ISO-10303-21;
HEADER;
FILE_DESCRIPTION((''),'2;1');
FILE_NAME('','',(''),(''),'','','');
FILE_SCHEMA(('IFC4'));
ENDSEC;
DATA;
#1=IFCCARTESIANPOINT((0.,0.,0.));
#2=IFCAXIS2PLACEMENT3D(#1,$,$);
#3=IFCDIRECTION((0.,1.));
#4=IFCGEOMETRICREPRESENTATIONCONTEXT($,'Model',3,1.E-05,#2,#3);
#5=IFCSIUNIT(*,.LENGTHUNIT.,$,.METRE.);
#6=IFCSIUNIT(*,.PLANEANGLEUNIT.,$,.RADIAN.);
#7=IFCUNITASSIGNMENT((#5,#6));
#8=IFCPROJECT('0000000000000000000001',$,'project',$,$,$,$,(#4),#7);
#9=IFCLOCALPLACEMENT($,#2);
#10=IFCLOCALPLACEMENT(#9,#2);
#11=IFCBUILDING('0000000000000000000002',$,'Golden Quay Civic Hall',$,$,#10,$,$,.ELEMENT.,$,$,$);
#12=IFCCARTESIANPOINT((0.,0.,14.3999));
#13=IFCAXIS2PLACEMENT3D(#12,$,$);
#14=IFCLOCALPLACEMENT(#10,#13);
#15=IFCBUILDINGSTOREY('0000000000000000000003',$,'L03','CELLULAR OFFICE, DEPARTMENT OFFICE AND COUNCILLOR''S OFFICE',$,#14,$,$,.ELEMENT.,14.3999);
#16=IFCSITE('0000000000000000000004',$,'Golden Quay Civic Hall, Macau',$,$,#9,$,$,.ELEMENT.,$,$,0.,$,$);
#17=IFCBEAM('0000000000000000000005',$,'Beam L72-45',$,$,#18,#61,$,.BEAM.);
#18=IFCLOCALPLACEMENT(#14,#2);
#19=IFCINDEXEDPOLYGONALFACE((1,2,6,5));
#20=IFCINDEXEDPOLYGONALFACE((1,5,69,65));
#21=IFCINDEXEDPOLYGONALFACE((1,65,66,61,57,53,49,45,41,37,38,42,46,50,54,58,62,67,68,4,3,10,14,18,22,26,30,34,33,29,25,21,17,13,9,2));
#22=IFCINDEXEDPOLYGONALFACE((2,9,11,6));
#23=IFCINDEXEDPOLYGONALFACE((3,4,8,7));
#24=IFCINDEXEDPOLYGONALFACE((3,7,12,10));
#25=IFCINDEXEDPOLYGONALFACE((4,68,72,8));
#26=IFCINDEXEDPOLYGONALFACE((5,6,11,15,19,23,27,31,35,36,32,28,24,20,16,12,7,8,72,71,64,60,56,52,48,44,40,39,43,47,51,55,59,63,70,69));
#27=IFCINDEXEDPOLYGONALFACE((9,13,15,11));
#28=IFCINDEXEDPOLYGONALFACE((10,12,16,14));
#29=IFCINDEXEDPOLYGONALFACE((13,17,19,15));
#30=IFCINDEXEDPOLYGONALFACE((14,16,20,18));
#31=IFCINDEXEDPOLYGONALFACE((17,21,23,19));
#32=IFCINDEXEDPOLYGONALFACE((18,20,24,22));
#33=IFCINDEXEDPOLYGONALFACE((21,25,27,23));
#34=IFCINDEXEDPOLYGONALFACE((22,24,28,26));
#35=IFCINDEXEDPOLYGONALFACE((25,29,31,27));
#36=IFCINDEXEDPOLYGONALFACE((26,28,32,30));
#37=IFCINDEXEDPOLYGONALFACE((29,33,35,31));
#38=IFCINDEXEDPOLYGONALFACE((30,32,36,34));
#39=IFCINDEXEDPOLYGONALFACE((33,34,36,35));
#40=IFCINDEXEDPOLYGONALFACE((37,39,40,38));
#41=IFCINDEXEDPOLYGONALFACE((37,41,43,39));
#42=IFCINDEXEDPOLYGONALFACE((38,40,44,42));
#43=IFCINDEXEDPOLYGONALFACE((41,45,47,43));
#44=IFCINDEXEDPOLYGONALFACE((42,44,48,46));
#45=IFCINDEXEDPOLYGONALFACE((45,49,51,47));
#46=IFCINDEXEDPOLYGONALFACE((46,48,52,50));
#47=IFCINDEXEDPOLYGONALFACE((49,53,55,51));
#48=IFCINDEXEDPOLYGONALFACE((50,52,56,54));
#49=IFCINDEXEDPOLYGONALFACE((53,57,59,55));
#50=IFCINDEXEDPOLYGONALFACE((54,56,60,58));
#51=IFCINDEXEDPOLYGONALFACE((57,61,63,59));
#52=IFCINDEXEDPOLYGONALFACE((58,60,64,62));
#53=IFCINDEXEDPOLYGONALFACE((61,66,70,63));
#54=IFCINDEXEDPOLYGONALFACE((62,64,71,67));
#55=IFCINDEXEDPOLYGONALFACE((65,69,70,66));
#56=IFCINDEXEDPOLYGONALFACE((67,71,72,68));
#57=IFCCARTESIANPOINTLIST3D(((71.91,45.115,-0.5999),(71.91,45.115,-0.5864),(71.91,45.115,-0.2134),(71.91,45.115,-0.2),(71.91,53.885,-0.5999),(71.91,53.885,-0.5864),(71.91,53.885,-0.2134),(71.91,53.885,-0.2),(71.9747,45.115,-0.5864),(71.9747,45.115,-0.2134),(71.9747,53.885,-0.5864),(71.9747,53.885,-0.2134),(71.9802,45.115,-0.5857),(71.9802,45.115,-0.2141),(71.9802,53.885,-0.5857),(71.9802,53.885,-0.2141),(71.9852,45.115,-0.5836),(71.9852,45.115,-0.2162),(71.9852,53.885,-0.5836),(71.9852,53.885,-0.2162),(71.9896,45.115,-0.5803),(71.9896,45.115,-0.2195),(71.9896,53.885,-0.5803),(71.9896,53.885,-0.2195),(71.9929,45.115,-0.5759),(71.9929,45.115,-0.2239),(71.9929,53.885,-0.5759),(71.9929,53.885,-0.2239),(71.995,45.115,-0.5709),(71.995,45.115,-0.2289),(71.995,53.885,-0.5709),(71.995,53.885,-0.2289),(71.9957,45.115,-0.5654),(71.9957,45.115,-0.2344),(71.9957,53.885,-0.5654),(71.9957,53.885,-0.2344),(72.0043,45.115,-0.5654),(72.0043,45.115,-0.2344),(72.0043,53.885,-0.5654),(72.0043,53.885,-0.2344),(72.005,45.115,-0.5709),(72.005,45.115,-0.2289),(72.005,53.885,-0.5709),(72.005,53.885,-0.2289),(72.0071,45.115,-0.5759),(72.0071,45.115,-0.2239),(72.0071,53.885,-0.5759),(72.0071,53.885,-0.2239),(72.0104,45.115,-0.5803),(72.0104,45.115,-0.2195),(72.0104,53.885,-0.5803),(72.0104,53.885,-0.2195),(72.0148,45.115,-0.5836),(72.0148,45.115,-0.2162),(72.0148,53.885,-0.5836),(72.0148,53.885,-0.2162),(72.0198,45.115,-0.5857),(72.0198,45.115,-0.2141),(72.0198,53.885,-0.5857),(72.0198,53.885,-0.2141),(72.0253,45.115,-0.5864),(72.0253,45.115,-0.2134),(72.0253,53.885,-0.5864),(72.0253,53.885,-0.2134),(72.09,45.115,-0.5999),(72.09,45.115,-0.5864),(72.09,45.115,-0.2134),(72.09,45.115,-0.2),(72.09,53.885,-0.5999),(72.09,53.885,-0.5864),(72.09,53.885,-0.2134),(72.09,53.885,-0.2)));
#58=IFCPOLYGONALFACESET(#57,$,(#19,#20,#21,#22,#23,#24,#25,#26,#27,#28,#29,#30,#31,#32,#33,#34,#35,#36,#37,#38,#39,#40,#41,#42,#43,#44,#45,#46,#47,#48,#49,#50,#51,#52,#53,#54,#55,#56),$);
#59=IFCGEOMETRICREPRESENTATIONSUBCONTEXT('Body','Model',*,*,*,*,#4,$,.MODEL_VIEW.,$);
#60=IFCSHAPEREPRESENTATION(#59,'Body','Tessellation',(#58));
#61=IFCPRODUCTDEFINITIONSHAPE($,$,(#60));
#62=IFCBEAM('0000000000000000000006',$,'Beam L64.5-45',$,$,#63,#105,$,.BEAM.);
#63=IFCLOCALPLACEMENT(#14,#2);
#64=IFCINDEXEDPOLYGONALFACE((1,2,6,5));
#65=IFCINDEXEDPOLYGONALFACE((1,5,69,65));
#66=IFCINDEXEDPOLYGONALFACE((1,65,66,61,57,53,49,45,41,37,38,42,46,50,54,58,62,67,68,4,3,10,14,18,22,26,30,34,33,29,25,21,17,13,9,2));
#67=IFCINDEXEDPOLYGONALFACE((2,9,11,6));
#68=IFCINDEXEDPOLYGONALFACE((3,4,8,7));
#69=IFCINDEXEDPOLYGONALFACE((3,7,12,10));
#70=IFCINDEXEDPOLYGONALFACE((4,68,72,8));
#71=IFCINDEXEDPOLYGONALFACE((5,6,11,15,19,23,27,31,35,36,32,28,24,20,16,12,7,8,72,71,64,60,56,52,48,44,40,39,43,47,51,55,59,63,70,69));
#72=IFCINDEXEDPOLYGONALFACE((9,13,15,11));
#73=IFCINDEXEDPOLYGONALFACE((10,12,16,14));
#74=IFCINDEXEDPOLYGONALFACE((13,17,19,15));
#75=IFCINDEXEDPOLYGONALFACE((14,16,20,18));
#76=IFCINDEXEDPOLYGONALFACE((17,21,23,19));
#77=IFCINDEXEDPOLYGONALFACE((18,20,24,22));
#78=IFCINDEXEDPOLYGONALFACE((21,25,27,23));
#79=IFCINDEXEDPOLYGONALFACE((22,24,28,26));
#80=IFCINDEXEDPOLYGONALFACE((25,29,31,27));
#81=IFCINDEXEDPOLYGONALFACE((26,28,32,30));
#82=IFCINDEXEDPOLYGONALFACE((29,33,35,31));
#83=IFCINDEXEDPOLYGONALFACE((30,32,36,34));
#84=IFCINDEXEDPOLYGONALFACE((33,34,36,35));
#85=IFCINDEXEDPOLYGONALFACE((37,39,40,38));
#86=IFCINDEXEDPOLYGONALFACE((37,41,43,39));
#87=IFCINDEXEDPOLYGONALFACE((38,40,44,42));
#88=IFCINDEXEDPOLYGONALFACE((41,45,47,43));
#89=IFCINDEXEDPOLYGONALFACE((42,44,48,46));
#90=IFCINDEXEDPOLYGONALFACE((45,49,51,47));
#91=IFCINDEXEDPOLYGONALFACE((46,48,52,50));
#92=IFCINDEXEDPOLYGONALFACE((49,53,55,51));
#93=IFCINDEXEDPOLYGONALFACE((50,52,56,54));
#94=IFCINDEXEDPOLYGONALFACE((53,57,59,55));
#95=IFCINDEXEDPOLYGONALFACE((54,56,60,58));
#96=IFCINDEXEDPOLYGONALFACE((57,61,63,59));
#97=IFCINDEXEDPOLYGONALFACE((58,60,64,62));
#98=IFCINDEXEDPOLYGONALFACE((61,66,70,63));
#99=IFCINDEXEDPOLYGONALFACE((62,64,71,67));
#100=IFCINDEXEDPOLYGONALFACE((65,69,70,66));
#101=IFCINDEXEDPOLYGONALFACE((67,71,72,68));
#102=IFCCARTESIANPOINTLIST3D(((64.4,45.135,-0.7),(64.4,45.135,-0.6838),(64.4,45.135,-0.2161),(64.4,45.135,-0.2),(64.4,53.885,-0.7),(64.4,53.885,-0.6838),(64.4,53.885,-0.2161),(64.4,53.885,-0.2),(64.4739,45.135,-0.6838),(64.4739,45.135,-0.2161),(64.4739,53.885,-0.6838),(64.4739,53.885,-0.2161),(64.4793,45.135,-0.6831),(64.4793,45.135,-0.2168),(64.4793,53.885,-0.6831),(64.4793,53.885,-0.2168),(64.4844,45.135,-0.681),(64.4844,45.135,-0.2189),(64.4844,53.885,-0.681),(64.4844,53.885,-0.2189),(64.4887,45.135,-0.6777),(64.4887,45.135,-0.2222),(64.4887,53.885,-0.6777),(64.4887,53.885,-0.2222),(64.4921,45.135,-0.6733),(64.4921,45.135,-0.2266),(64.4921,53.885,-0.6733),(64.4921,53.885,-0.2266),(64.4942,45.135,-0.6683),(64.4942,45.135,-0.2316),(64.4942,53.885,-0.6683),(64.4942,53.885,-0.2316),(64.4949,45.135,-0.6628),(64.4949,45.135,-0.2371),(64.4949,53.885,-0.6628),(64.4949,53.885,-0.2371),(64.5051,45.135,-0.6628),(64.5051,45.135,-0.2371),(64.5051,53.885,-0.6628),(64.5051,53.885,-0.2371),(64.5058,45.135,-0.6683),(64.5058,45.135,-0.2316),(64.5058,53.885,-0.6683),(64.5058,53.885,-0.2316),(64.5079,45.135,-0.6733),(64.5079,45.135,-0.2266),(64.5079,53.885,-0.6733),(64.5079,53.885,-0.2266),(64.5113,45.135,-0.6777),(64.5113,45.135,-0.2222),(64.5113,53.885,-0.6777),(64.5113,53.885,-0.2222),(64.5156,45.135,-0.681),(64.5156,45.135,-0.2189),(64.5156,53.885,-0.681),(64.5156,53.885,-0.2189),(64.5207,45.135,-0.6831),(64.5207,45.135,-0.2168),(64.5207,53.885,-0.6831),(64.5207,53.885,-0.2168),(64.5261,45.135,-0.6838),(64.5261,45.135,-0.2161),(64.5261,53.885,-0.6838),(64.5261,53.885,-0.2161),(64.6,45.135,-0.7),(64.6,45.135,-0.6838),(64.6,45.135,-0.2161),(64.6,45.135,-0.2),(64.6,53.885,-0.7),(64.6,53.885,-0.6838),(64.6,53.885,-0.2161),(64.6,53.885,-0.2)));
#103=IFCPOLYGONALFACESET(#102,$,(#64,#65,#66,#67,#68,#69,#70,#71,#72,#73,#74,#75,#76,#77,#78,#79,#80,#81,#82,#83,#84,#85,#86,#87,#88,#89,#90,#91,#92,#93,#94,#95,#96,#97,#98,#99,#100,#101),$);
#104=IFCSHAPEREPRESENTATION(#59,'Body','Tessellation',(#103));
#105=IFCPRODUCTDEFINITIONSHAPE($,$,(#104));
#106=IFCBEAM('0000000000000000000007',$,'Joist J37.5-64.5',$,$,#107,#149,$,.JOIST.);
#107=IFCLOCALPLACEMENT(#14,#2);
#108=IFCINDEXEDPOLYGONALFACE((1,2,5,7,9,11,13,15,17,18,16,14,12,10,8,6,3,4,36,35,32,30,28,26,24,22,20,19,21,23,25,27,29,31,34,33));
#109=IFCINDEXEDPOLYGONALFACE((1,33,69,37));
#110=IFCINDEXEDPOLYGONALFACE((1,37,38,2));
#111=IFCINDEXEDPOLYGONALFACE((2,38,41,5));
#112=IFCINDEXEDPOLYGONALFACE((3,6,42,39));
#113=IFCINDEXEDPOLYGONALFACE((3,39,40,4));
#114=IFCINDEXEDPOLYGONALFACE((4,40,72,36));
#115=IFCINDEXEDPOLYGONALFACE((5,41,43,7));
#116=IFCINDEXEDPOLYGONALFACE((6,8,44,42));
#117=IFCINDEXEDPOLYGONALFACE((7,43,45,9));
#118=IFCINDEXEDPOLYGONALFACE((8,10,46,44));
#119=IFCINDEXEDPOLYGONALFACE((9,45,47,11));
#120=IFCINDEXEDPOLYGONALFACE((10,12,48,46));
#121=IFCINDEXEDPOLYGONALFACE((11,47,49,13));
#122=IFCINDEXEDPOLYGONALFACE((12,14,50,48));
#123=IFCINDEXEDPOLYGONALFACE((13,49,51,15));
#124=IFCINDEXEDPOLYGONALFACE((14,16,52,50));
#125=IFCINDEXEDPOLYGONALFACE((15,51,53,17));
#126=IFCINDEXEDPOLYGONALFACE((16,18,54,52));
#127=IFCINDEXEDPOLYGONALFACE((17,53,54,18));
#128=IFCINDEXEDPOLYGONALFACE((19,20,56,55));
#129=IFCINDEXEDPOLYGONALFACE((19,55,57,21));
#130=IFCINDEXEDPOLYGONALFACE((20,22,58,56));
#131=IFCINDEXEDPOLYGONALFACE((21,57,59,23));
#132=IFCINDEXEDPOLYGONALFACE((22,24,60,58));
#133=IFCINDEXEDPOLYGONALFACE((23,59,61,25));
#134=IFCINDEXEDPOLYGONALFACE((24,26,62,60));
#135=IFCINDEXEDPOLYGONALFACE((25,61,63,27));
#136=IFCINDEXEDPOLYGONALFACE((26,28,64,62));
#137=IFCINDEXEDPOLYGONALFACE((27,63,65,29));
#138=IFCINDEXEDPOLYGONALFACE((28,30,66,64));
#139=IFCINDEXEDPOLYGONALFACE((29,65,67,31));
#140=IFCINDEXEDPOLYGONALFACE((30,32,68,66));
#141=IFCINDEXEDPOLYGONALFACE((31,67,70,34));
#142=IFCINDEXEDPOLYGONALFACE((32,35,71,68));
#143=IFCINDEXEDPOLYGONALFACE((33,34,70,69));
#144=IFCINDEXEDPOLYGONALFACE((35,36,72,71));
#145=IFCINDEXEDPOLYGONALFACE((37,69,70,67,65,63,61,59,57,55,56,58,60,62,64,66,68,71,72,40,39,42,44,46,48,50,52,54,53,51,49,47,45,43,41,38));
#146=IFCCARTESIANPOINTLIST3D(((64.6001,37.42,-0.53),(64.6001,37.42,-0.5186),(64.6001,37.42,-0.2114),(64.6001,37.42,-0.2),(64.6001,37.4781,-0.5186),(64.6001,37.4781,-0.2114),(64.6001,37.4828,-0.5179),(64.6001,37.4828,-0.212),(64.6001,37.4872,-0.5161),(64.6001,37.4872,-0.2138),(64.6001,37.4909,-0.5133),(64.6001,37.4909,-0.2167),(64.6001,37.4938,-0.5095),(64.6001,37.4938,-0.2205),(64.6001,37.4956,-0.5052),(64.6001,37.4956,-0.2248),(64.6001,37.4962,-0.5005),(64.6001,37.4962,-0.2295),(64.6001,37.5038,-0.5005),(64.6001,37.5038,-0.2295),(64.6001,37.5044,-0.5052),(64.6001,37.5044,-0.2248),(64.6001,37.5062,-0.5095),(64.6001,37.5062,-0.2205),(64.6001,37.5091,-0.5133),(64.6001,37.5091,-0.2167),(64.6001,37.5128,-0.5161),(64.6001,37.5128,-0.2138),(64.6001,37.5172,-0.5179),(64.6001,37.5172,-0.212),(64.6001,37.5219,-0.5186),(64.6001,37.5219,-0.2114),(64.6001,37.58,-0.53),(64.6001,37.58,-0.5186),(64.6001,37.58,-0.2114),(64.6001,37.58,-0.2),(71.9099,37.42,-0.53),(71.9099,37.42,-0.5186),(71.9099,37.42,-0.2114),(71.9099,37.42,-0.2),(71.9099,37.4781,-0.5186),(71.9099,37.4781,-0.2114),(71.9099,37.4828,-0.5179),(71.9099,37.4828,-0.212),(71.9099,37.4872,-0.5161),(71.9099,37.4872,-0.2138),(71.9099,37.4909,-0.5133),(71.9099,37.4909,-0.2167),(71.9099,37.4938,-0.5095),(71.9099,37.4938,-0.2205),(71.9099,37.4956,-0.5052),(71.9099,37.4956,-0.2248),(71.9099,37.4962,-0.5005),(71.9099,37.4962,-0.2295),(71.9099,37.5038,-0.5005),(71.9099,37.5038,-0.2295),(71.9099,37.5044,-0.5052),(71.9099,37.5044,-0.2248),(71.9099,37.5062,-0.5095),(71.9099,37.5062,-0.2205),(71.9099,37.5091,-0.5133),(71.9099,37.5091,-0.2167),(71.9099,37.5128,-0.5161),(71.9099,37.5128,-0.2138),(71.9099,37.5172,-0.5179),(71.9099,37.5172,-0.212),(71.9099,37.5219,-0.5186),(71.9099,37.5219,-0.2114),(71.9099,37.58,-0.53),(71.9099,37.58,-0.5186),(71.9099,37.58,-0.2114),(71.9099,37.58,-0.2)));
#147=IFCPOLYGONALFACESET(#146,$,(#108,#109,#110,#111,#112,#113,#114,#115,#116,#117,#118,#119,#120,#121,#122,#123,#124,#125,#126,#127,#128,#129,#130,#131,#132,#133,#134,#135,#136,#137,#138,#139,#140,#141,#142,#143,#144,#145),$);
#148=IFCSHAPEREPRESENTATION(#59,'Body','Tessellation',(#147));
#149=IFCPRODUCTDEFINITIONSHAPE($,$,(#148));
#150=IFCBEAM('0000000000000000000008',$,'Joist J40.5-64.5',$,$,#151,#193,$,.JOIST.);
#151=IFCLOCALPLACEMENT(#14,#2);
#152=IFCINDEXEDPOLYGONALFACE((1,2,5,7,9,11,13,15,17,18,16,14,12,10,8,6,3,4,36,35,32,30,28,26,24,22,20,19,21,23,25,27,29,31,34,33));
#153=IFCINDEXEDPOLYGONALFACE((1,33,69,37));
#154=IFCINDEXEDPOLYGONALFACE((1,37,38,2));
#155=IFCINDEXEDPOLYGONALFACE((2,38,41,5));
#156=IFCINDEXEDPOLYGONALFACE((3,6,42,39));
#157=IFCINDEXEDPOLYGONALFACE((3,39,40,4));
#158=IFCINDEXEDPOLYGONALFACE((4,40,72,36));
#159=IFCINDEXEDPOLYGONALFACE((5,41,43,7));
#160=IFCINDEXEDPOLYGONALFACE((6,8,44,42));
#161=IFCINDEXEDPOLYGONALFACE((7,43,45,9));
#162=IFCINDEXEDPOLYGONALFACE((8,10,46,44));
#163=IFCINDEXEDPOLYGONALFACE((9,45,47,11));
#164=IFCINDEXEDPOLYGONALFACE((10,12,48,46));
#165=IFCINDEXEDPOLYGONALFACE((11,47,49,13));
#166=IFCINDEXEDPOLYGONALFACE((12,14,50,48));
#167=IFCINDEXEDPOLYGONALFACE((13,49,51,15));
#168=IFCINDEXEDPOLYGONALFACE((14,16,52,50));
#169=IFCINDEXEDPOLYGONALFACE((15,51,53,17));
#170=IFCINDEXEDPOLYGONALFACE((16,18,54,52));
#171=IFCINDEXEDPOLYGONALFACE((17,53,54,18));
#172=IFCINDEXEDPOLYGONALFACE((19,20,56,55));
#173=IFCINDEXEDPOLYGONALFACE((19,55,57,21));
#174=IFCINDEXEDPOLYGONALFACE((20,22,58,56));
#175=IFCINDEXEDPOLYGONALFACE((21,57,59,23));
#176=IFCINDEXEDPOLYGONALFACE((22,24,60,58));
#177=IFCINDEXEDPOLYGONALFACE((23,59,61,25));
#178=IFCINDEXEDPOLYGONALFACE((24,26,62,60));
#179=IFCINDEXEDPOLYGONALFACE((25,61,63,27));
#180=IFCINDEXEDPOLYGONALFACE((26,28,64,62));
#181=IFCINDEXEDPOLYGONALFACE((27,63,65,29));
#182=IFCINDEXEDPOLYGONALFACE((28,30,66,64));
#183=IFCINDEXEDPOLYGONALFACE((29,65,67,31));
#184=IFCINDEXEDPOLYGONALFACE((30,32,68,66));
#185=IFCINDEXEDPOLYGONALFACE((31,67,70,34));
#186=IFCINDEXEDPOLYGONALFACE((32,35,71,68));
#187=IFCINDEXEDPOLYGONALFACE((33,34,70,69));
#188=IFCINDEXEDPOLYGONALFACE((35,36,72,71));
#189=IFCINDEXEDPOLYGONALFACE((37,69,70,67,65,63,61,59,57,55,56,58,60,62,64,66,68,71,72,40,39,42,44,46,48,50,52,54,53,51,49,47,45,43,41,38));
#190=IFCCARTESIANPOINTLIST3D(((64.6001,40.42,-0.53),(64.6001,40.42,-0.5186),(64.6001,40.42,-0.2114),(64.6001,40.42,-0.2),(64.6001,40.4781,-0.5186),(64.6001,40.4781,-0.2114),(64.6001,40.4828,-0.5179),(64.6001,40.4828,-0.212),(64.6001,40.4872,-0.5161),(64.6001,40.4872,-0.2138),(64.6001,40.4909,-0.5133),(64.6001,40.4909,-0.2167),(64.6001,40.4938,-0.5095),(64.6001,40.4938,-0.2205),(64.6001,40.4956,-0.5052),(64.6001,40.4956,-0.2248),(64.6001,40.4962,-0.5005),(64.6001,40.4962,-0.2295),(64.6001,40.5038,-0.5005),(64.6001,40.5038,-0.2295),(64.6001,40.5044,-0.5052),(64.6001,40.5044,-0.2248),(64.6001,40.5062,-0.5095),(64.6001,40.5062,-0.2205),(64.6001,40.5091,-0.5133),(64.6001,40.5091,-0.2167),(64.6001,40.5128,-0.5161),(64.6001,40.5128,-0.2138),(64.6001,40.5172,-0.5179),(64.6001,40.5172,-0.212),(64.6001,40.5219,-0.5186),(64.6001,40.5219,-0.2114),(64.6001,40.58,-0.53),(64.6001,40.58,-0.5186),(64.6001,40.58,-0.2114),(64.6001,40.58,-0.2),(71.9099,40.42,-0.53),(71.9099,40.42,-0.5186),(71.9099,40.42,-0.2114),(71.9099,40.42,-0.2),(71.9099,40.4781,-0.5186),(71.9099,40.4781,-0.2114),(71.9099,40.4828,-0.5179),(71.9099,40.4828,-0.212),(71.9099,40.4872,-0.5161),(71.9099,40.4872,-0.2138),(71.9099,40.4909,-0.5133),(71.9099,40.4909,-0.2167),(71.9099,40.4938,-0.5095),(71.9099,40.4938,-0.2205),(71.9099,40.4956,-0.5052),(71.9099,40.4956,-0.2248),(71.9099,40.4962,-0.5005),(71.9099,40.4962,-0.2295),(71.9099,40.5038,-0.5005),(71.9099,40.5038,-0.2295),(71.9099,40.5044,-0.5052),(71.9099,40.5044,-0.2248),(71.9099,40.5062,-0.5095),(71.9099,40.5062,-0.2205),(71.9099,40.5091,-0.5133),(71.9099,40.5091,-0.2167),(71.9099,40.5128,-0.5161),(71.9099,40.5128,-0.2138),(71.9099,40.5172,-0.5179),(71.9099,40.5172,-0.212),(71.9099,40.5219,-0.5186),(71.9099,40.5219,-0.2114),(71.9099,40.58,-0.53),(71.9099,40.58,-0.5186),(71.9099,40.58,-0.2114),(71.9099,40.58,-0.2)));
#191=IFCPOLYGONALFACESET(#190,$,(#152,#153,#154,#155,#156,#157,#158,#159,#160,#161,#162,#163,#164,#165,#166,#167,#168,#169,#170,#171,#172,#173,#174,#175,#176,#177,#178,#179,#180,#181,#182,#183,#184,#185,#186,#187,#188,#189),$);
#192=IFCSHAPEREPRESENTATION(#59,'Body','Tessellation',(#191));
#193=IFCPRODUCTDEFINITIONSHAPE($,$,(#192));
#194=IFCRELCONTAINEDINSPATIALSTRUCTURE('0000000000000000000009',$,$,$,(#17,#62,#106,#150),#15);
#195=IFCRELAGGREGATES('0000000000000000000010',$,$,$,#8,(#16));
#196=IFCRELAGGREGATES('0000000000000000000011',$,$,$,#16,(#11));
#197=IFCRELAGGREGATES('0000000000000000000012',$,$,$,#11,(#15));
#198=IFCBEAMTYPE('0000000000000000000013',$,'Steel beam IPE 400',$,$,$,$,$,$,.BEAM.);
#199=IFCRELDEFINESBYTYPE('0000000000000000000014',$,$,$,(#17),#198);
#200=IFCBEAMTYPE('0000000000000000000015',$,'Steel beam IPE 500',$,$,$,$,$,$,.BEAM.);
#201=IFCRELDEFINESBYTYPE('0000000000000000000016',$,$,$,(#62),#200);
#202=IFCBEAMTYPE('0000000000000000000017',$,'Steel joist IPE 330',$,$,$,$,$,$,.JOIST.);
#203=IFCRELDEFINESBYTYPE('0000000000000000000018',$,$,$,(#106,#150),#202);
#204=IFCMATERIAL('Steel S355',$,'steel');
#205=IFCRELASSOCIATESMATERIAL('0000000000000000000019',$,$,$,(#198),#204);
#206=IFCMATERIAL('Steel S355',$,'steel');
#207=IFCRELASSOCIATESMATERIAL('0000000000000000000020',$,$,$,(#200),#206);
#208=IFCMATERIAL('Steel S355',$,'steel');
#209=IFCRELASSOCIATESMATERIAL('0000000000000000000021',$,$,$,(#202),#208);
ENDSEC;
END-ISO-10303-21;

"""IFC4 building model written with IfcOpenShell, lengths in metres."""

from ifc_helpers import new_model, si_unit, direction, frame, origin, origin_2d, place, context, subcontext, project, spatial, i_section, extrude, material, material_profile, profile_set, type_object, element, save


model = new_model("IFC4")

# Units and contexts
model_context = context("Model", 3, precision=1e-05, world=origin(), true_north=direction((0.0, 1.0)))
body_context = subcontext(model_context, "Body", "Model", "MODEL_VIEW")
ifc_project = project(units=[si_unit("LENGTHUNIT", "METRE"), si_unit("PLANEANGLEUNIT", "RADIAN")], contexts=[model_context])

# Site, building, storey
site_placement = place(None, origin())
site = spatial("IfcSite", under=ifc_project, at=site_placement, Name="Golden Quay Civic Hall, Macau", CompositionType="ELEMENT", RefElevation=0.0)
building_placement = place(site_placement, origin())
building = spatial("IfcBuilding", under=site, at=building_placement, Name="Golden Quay Civic Hall", CompositionType="ELEMENT")
storey_placement = place(building_placement, frame((0.0, 0.0, 14.3999)))
storey = spatial("IfcBuildingStorey", under=building, at=storey_placement, Name="L03", Description="CELLULAR OFFICE, DEPARTMENT OFFICE AND COUNCILLOR'S OFFICE", CompositionType="ELEMENT", Elevation=14.3999)

# Beams
ifc_material_1 = material(Name="Steel S355", Category="steel")
ifc_material_profile_1 = material_profile(ifc_material_1, i_section(OverallWidth=0.1799, OverallDepth=0.3999, WebThickness=0.0085, FlangeThickness=0.0134, FilletRadius=0.021, at=origin_2d()), Name="IPE 400")
ifc_profile_set_1 = profile_set([ifc_material_profile_1], Name="Steel S355")
beam_type_1 = type_object("IfcBeamType", Name="Steel beam IPE 400", PredefinedType="BEAM", material=ifc_profile_set_1)
beam_1_placement = place(storey_placement, frame((72.0, 45.115, -0.3999), z_axis=(0.0, 1.0, 0.0), x_axis=(-1.0, 0.0, 0.0)))
element("IfcBeam", 1, at=beam_1_placement, inside=storey, type_object=beam_type_1, Name="Beam L72-45", PredefinedType="BEAM", context=body_context, shape_type="SweptSolid", body=[
    extrude(i_section(OverallWidth=0.1799, OverallDepth=0.3999, WebThickness=0.0085, FlangeThickness=0.0134, FilletRadius=0.021, at=origin_2d()), origin(), (0.0, 0.0, 1.0), 8.77),
])
ifc_material_2 = material(Name="Steel S355", Category="steel")
ifc_material_profile_2 = material_profile(ifc_material_2, i_section(OverallWidth=0.2, OverallDepth=0.5, WebThickness=0.0103, FlangeThickness=0.0161, FilletRadius=0.021, at=origin_2d()), Name="IPE 500")
ifc_profile_set_2 = profile_set([ifc_material_profile_2], Name="Steel S355")
beam_type_2 = type_object("IfcBeamType", Name="Steel beam IPE 500", PredefinedType="BEAM", material=ifc_profile_set_2)
beam_2_placement = place(storey_placement, frame((64.5, 45.135, -0.45), z_axis=(0.0, 1.0, 0.0), x_axis=(-1.0, 0.0, 0.0)))
element("IfcBeam", 2, at=beam_2_placement, inside=storey, type_object=beam_type_2, Name="Beam L64.5-45", PredefinedType="BEAM", context=body_context, shape_type="SweptSolid", body=[
    extrude(i_section(OverallWidth=0.2, OverallDepth=0.5, WebThickness=0.0103, FlangeThickness=0.0161, FilletRadius=0.021, at=origin_2d()), origin(), (0.0, 0.0, 1.0), 8.75),
])
ifc_material_3 = material(Name="Steel S355", Category="steel")
ifc_material_profile_3 = material_profile(ifc_material_3, i_section(OverallWidth=0.1599, OverallDepth=0.3301, WebThickness=0.0076, FlangeThickness=0.0115, FilletRadius=0.0181, at=origin_2d()), Name="IPE 330")
ifc_profile_set_3 = profile_set([ifc_material_profile_3], Name="Steel S355")
beam_type_3 = type_object("IfcBeamType", Name="Steel joist IPE 330", PredefinedType="JOIST", material=ifc_profile_set_3)
for number, where, z_axis, x_axis, name in (
    (3, (64.6001, 37.5, -0.365), (1.0, 0.0, 0.0), (0.0, 1.0, 0.0), "Joist J37.5-64.5"),
    (4, (64.6001, 40.5, -0.365), (1.0, 0.0, 0.0), (0.0, 1.0, 0.0), "Joist J40.5-64.5"),
):
    element("IfcBeam", number, at=place(storey_placement, frame(where, z_axis=z_axis, x_axis=x_axis)), inside=storey, type_object=beam_type_3, Name=name, PredefinedType="JOIST", context=body_context, shape_type="SweptSolid", body=[
        extrude(i_section(OverallWidth=0.1599, OverallDepth=0.3301, WebThickness=0.0076, FlangeThickness=0.0115, FilletRadius=0.0181, at=origin_2d()), origin(), (0.0, 0.0, 1.0), 7.3098),
    ])

save(model, "model.ifc")
